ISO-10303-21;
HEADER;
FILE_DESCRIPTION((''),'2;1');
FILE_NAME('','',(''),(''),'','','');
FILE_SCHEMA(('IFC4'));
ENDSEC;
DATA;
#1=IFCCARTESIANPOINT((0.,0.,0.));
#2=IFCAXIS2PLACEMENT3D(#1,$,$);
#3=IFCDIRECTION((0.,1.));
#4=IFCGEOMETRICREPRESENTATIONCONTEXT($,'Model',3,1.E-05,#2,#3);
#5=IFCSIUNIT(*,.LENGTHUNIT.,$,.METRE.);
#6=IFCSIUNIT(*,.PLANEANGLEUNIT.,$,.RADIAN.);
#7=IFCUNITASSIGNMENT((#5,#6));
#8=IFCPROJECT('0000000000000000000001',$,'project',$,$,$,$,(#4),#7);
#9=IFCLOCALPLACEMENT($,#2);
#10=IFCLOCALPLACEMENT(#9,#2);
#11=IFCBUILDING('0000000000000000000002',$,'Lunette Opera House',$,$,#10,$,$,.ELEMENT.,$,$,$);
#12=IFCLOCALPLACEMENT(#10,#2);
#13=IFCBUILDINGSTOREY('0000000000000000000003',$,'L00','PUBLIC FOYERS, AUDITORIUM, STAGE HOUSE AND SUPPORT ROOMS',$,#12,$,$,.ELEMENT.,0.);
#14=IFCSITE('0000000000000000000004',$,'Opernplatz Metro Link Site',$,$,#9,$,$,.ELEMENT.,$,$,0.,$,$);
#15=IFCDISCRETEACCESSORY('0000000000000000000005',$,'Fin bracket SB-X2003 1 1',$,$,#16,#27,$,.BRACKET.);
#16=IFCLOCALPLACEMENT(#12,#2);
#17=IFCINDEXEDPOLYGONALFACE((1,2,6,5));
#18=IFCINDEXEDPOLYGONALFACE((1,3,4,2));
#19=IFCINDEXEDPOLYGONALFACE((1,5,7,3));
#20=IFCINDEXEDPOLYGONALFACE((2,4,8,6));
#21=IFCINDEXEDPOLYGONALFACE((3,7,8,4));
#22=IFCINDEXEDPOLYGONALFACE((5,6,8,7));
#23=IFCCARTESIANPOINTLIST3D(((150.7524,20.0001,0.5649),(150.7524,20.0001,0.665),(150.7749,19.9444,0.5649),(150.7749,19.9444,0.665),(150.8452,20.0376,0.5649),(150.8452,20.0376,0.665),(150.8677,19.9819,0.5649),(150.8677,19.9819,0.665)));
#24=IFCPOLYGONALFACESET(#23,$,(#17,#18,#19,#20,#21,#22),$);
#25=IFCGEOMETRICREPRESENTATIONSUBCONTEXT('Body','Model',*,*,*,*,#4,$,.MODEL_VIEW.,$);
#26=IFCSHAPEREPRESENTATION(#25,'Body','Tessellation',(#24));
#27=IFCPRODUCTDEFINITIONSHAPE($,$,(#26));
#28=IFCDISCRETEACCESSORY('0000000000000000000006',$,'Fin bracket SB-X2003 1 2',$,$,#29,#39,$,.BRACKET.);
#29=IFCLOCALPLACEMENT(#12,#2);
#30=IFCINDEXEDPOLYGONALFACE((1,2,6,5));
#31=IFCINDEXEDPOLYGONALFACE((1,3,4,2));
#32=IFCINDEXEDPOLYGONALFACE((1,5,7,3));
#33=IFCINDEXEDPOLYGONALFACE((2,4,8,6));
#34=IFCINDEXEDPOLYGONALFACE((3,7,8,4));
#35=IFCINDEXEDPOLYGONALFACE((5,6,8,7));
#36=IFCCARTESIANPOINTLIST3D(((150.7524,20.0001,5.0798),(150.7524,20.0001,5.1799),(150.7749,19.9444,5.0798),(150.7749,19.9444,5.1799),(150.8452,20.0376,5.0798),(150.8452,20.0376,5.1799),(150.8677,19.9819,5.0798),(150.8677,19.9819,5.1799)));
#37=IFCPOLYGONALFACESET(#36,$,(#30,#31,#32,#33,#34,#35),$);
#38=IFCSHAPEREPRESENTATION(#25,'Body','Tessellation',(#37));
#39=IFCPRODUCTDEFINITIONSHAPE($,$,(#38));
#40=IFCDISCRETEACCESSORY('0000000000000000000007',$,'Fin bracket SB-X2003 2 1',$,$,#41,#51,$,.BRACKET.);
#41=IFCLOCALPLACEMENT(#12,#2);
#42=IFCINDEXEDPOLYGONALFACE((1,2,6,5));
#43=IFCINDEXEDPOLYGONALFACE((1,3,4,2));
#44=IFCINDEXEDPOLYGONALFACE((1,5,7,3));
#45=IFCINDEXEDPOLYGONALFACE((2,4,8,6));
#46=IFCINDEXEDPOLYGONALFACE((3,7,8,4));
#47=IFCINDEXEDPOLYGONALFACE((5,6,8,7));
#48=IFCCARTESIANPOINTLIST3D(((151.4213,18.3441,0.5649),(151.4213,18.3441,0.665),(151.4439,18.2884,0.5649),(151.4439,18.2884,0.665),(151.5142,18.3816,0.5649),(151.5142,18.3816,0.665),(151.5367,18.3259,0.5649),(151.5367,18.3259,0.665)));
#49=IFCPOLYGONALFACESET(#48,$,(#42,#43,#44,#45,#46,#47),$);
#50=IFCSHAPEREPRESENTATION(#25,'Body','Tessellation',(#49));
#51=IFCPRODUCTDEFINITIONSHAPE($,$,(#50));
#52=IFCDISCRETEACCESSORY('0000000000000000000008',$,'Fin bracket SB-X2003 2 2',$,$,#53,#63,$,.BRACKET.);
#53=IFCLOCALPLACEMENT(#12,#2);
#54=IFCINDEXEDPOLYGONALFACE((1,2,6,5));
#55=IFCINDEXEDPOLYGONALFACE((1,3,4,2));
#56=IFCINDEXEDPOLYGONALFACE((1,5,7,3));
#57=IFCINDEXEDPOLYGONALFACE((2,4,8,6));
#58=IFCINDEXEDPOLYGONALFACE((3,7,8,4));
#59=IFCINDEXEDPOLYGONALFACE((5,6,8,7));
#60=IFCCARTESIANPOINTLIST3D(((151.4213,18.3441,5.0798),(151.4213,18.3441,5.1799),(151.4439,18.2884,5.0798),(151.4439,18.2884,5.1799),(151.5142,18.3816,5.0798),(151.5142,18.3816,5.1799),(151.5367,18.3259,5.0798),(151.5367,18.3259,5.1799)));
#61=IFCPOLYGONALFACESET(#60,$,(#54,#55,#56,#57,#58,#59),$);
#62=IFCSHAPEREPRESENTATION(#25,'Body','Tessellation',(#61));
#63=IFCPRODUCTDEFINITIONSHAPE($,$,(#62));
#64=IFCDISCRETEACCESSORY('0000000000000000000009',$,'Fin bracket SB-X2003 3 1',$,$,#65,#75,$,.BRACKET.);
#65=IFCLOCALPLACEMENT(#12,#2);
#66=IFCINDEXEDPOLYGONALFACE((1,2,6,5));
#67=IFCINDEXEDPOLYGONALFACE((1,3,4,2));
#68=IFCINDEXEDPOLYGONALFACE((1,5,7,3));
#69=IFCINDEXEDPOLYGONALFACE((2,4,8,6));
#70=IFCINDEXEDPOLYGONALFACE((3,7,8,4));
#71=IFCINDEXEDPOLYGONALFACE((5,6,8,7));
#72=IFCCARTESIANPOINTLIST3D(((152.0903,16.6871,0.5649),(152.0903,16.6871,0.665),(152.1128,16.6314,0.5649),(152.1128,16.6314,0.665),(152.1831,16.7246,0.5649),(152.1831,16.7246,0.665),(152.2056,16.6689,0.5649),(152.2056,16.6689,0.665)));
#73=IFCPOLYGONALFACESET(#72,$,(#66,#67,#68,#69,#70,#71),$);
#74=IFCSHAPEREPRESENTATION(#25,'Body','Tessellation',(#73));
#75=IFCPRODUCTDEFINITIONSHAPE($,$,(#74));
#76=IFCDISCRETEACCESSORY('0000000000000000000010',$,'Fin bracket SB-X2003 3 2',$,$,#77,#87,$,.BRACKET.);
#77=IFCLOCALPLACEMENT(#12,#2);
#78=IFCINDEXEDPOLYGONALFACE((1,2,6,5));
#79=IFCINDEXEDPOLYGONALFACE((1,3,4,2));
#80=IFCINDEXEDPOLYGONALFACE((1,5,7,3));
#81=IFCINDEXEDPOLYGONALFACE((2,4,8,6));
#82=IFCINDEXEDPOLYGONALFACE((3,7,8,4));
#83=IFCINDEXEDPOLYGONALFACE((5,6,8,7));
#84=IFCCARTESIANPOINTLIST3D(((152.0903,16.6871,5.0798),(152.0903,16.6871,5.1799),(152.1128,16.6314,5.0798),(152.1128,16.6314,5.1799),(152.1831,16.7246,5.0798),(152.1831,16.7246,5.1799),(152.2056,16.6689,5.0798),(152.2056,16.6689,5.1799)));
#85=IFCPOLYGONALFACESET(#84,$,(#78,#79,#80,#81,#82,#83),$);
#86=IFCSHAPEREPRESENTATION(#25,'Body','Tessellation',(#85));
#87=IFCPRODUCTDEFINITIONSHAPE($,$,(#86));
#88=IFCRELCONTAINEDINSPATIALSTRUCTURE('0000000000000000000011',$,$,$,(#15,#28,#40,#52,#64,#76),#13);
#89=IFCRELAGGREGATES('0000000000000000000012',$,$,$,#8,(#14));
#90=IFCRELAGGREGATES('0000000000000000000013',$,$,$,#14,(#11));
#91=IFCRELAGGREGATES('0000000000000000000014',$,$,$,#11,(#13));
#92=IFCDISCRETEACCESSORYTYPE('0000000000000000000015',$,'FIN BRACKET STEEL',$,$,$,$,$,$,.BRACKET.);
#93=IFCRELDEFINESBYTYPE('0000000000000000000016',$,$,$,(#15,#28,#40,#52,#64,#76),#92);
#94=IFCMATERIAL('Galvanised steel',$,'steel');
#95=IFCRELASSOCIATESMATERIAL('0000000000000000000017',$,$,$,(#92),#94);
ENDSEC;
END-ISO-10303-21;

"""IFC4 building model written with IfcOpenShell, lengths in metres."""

from ifc_helpers import new_model, si_unit, direction, frame, origin, origin_2d, place, context, subcontext, project, spatial, rectangle, extrude, material, type_object, element, save


model = new_model("IFC4")

# Units and contexts
model_context = context("Model", 3, precision=1e-05, world=origin(), true_north=direction((0.0, 1.0)))
body_context = subcontext(model_context, "Body", "Model", "MODEL_VIEW")
ifc_project = project(units=[si_unit("LENGTHUNIT", "METRE"), si_unit("PLANEANGLEUNIT", "RADIAN")], contexts=[model_context])

# Site, building, storey
site_placement = place(None, origin())
site = spatial("IfcSite", under=ifc_project, at=site_placement, Name="Opernplatz Metro Link Site", CompositionType="ELEMENT", RefElevation=0.0)
building_placement = place(site_placement, origin())
building = spatial("IfcBuilding", under=site, at=building_placement, Name="Lunette Opera House", CompositionType="ELEMENT")
storey_placement = place(building_placement, origin())
storey = spatial("IfcBuildingStorey", under=building, at=storey_placement, Name="L00", Description="PUBLIC FOYERS, AUDITORIUM, STAGE HOUSE AND SUPPORT ROOMS", CompositionType="ELEMENT", Elevation=0.0)

# Discrete accessories
ifc_material_1 = material(Name="Galvanised steel", Category="steel")
discrete_accessory_type = type_object("IfcDiscreteAccessoryType", Name="FIN BRACKET STEEL", PredefinedType="BRACKET", material=ifc_material_1)
for number, where, z_axis, x_axis, name in (
    (1, (150.8101, 19.991, 0.5649), (0.0, 0.0, 1.0), (-0.927168, -0.374645, 0.0), "Fin bracket SB-X2003 1 1"),
    (2, (150.8101, 19.991, 5.0798), (0.0, 0.0, 1.0), (-0.927168, -0.374645, 0.0), "Fin bracket SB-X2003 1 2"),
    (3, (151.479, 18.335, 0.5649), (0.0, 0.0, 1.0), (-0.927168, -0.374645, 0.0), "Fin bracket SB-X2003 2 1"),
    (4, (151.479, 18.335, 5.0798), (0.0, 0.0, 1.0), (-0.927168, -0.374645, 0.0), "Fin bracket SB-X2003 2 2"),
    (5, (152.1479, 16.678, 0.5649), (0.0, 0.0, 1.0), (-0.927168, -0.374645, 0.0), "Fin bracket SB-X2003 3 1"),
    (6, (152.1479, 16.678, 5.0798), (0.0, 0.0, 1.0), (-0.927168, -0.374645, 0.0), "Fin bracket SB-X2003 3 2"),
):
    element("IfcDiscreteAccessory", number, at=place(storey_placement, frame(where, z_axis=z_axis, x_axis=x_axis)), inside=storey, type_object=discrete_accessory_type, Name=name, PredefinedType="BRACKET", context=body_context, shape_type="SweptSolid", body=[
        extrude(rectangle(XDim=0.1001, YDim=0.0601, at=origin_2d()), origin(), (0.0, 0.0, 1.0), 0.1001),
    ])

save(model, "model.ifc")
